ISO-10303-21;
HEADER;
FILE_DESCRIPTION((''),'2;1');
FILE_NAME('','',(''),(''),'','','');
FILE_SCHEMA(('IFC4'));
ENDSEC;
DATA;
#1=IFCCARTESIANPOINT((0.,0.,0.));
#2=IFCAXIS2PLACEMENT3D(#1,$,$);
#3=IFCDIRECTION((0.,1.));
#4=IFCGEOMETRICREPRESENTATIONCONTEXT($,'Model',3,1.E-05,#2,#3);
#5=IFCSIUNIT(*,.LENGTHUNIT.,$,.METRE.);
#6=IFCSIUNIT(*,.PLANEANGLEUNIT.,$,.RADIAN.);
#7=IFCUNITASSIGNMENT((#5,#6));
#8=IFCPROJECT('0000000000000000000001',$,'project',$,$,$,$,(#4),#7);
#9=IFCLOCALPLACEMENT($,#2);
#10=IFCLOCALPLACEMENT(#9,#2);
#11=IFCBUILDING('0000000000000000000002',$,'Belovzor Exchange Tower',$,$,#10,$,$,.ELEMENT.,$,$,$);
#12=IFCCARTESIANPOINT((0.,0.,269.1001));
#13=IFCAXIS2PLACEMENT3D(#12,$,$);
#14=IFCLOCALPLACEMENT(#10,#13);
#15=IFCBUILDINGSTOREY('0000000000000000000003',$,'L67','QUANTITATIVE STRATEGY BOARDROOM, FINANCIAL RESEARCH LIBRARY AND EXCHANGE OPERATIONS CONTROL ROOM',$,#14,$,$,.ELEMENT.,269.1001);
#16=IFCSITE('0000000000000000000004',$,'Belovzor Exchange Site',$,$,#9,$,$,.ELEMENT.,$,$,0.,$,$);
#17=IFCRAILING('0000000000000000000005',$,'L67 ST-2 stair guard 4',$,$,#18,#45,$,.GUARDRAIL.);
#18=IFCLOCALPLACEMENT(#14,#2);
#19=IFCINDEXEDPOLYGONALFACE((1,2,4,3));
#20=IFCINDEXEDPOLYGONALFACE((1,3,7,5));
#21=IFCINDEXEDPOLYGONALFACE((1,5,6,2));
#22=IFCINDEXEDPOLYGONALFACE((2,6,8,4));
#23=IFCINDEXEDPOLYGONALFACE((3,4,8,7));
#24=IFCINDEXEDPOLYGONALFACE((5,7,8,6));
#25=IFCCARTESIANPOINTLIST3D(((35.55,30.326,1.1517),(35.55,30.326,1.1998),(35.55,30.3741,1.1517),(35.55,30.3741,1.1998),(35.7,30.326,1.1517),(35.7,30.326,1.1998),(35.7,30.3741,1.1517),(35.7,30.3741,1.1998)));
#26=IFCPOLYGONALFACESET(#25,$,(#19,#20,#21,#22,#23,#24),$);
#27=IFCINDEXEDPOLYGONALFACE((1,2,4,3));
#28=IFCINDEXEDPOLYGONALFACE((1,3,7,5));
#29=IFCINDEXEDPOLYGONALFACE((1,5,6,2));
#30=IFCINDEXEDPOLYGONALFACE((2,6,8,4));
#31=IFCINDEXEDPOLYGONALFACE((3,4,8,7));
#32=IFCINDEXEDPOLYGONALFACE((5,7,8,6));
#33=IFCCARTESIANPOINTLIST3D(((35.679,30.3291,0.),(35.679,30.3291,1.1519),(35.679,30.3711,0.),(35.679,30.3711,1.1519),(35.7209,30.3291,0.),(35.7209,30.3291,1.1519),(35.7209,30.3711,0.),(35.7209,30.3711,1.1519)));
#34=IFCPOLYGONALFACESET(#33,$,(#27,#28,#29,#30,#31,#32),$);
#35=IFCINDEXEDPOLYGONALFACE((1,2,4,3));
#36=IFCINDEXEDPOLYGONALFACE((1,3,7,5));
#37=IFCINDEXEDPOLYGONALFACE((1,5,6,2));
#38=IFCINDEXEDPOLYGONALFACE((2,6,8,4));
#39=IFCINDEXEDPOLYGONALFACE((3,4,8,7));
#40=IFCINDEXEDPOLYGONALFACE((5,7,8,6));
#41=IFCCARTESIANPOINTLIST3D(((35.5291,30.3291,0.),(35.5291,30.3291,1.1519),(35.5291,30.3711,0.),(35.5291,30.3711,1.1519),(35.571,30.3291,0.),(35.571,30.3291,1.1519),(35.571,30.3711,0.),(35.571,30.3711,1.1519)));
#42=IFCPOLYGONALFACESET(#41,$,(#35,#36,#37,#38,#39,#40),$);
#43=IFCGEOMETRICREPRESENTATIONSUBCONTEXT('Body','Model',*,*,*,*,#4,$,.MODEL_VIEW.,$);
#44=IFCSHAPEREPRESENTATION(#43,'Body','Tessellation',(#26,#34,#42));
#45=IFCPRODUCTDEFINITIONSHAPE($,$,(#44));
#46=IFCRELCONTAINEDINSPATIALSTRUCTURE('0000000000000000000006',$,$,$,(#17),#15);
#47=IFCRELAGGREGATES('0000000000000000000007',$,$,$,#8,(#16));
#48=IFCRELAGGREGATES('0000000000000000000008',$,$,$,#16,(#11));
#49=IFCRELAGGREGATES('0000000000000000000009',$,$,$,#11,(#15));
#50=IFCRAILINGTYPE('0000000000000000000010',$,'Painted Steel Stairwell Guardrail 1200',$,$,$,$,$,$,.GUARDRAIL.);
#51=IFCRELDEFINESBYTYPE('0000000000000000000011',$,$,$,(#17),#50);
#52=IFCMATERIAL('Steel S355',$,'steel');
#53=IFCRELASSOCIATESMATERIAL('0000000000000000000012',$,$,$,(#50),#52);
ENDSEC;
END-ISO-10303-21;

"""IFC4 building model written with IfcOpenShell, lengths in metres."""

from ifc_helpers import new_model, si_unit, direction, frame, origin, origin_2d, place, context, subcontext, project, spatial, rectangle, extrude, material, type_object, element, save


model = new_model("IFC4")

# Units and contexts
model_context = context("Model", 3, precision=1e-05, world=origin(), true_north=direction((0.0, 1.0)))
body_context = subcontext(model_context, "Body", "Model", "MODEL_VIEW")
ifc_project = project(units=[si_unit("LENGTHUNIT", "METRE"), si_unit("PLANEANGLEUNIT", "RADIAN")], contexts=[model_context])

# Site, building, storey
site_placement = place(None, origin())
site = spatial("IfcSite", under=ifc_project, at=site_placement, Name="Belovzor Exchange Site", CompositionType="ELEMENT", RefElevation=0.0)
building_placement = place(site_placement, origin())
building = spatial("IfcBuilding", under=site, at=building_placement, Name="Belovzor Exchange Tower", CompositionType="ELEMENT")
storey_placement = place(building_placement, frame((0.0, 0.0, 269.1001)))
storey = spatial("IfcBuildingStorey", under=building, at=storey_placement, Name="L67", Description="QUANTITATIVE STRATEGY BOARDROOM, FINANCIAL RESEARCH LIBRARY AND EXCHANGE OPERATIONS CONTROL ROOM", CompositionType="ELEMENT", Elevation=269.1001)

# Railing
ifc_material_1 = material(Name="Steel S355", Category="steel")
railing_type = type_object("IfcRailingType", Name="Painted Steel Stairwell Guardrail 1200", PredefinedType="GUARDRAIL", material=ifc_material_1)
railing_placement = place(storey_placement, frame((35.7, 30.3501, 0.0)))
element("IfcRailing", 1, at=railing_placement, inside=storey, type_object=railing_type, Name="L67 ST-2 stair guard 4", PredefinedType="GUARDRAIL", context=body_context, shape_type="SweptSolid", body=[
    extrude(rectangle(XDim=0.0481, YDim=0.0481, at=origin_2d()), frame((0.0, 0.0, 1.1758), z_axis=(-1.0, 0.0, 0.0), x_axis=(0.0, -1.0, 0.0)), (0.0, 0.0, 1.0), 0.1499),
    extrude(rectangle(XDim=0.042, YDim=0.042, at=origin_2d()), origin(), (0.0, 0.0, 1.0), 1.1519),
    extrude(rectangle(XDim=0.042, YDim=0.042, at=origin_2d()), frame((-0.1499, 0.0, 0.0)), (0.0, 0.0, 1.0), 1.1519),
])

save(model, "model.ifc")
